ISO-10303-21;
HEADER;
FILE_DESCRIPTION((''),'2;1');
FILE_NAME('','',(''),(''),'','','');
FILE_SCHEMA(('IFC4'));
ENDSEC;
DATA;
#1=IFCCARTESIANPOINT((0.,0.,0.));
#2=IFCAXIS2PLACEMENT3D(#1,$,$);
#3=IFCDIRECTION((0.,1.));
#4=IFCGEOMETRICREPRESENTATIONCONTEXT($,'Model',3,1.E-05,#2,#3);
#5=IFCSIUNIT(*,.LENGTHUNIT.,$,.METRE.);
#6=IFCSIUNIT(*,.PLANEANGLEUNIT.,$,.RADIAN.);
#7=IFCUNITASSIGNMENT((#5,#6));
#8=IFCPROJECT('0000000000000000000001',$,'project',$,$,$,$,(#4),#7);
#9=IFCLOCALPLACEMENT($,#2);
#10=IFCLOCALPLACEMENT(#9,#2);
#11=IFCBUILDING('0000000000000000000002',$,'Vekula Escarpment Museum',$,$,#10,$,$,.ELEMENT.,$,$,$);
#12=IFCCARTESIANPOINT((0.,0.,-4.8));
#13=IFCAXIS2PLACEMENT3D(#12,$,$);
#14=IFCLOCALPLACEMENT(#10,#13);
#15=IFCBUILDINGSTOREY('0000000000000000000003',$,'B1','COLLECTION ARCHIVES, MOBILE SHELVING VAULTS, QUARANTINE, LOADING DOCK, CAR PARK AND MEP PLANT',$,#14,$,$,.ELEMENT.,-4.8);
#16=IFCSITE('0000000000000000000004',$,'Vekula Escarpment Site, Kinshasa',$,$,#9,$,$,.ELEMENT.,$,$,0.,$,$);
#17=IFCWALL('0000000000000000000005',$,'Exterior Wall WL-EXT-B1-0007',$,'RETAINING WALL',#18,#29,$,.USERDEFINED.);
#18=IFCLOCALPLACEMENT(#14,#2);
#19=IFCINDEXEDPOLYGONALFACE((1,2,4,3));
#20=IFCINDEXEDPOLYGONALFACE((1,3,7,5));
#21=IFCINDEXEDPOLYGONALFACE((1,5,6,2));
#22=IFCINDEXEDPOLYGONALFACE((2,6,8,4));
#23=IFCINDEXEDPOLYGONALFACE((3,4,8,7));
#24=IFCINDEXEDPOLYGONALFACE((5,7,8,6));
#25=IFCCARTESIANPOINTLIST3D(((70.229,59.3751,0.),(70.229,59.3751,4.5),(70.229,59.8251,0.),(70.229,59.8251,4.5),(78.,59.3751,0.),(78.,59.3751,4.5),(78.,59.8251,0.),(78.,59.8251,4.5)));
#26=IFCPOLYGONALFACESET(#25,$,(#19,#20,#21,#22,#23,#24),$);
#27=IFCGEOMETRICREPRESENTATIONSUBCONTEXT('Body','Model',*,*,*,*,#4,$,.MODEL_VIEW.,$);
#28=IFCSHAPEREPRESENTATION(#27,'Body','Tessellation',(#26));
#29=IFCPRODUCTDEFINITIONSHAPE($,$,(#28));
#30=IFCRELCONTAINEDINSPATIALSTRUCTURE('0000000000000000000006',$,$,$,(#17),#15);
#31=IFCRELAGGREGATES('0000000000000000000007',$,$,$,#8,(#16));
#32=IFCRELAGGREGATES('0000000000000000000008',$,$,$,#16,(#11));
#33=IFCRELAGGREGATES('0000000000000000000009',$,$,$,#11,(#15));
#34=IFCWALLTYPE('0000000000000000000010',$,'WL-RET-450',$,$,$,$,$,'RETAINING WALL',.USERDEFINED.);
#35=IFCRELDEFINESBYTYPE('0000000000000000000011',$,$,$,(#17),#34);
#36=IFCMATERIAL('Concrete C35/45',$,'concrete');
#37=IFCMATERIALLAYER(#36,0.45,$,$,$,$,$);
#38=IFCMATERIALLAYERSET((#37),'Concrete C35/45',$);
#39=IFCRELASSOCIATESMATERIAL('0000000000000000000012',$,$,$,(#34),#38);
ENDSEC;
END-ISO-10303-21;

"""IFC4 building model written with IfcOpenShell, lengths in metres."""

from ifc_helpers import new_model, si_unit, direction, frame, frame_2d, origin, place, context, subcontext, project, spatial, rectangle, extrude, material, layer, layer_set, type_object, element, save


model = new_model("IFC4")

# Units and contexts
model_context = context("Model", 3, precision=1e-05, world=origin(), true_north=direction((0.0, 1.0)))
body_context = subcontext(model_context, "Body", "Model", "MODEL_VIEW")
ifc_project = project(units=[si_unit("LENGTHUNIT", "METRE"), si_unit("PLANEANGLEUNIT", "RADIAN")], contexts=[model_context])

# Site, building, storey
site_placement = place(None, origin())
site = spatial("IfcSite", under=ifc_project, at=site_placement, Name="Vekula Escarpment Site, Kinshasa", CompositionType="ELEMENT", RefElevation=0.0)
building_placement = place(site_placement, origin())
building = spatial("IfcBuilding", under=site, at=building_placement, Name="Vekula Escarpment Museum", CompositionType="ELEMENT")
storey_placement = place(building_placement, frame((0.0, 0.0, -4.8)))
storey = spatial("IfcBuildingStorey", under=building, at=storey_placement, Name="B1", Description="COLLECTION ARCHIVES, MOBILE SHELVING VAULTS, QUARANTINE, LOADING DOCK, CAR PARK AND MEP PLANT", CompositionType="ELEMENT", Elevation=-4.8)

# Wall
ifc_material_1 = material(Name="Concrete C35/45", Category="concrete")
ifc_layer = layer(ifc_material_1, 0.45)
ifc_layer_set = layer_set([ifc_layer], Name="Concrete C35/45")
wall_type = type_object("IfcWallType", Name="WL-RET-450", ElementType="RETAINING WALL", PredefinedType="USERDEFINED", material=ifc_layer_set)
wall_placement = place(storey_placement, frame((78.0, 59.6001, 0.0), z_axis=(0.0, 0.0, 1.0), x_axis=(-1.0, 0.0, 0.0)))
element("IfcWall", 1, at=wall_placement, inside=storey, type_object=wall_type, Name="Exterior Wall WL-EXT-B1-0007", ObjectType="RETAINING WALL", PredefinedType="USERDEFINED", context=body_context, shape_type="SweptSolid", body=[
    extrude(rectangle(XDim=7.771, YDim=0.45, at=frame_2d((3.8855, 0.0))), origin(), (0.0, 0.0, 1.0), 4.5),
])

save(model, "model.ifc")
